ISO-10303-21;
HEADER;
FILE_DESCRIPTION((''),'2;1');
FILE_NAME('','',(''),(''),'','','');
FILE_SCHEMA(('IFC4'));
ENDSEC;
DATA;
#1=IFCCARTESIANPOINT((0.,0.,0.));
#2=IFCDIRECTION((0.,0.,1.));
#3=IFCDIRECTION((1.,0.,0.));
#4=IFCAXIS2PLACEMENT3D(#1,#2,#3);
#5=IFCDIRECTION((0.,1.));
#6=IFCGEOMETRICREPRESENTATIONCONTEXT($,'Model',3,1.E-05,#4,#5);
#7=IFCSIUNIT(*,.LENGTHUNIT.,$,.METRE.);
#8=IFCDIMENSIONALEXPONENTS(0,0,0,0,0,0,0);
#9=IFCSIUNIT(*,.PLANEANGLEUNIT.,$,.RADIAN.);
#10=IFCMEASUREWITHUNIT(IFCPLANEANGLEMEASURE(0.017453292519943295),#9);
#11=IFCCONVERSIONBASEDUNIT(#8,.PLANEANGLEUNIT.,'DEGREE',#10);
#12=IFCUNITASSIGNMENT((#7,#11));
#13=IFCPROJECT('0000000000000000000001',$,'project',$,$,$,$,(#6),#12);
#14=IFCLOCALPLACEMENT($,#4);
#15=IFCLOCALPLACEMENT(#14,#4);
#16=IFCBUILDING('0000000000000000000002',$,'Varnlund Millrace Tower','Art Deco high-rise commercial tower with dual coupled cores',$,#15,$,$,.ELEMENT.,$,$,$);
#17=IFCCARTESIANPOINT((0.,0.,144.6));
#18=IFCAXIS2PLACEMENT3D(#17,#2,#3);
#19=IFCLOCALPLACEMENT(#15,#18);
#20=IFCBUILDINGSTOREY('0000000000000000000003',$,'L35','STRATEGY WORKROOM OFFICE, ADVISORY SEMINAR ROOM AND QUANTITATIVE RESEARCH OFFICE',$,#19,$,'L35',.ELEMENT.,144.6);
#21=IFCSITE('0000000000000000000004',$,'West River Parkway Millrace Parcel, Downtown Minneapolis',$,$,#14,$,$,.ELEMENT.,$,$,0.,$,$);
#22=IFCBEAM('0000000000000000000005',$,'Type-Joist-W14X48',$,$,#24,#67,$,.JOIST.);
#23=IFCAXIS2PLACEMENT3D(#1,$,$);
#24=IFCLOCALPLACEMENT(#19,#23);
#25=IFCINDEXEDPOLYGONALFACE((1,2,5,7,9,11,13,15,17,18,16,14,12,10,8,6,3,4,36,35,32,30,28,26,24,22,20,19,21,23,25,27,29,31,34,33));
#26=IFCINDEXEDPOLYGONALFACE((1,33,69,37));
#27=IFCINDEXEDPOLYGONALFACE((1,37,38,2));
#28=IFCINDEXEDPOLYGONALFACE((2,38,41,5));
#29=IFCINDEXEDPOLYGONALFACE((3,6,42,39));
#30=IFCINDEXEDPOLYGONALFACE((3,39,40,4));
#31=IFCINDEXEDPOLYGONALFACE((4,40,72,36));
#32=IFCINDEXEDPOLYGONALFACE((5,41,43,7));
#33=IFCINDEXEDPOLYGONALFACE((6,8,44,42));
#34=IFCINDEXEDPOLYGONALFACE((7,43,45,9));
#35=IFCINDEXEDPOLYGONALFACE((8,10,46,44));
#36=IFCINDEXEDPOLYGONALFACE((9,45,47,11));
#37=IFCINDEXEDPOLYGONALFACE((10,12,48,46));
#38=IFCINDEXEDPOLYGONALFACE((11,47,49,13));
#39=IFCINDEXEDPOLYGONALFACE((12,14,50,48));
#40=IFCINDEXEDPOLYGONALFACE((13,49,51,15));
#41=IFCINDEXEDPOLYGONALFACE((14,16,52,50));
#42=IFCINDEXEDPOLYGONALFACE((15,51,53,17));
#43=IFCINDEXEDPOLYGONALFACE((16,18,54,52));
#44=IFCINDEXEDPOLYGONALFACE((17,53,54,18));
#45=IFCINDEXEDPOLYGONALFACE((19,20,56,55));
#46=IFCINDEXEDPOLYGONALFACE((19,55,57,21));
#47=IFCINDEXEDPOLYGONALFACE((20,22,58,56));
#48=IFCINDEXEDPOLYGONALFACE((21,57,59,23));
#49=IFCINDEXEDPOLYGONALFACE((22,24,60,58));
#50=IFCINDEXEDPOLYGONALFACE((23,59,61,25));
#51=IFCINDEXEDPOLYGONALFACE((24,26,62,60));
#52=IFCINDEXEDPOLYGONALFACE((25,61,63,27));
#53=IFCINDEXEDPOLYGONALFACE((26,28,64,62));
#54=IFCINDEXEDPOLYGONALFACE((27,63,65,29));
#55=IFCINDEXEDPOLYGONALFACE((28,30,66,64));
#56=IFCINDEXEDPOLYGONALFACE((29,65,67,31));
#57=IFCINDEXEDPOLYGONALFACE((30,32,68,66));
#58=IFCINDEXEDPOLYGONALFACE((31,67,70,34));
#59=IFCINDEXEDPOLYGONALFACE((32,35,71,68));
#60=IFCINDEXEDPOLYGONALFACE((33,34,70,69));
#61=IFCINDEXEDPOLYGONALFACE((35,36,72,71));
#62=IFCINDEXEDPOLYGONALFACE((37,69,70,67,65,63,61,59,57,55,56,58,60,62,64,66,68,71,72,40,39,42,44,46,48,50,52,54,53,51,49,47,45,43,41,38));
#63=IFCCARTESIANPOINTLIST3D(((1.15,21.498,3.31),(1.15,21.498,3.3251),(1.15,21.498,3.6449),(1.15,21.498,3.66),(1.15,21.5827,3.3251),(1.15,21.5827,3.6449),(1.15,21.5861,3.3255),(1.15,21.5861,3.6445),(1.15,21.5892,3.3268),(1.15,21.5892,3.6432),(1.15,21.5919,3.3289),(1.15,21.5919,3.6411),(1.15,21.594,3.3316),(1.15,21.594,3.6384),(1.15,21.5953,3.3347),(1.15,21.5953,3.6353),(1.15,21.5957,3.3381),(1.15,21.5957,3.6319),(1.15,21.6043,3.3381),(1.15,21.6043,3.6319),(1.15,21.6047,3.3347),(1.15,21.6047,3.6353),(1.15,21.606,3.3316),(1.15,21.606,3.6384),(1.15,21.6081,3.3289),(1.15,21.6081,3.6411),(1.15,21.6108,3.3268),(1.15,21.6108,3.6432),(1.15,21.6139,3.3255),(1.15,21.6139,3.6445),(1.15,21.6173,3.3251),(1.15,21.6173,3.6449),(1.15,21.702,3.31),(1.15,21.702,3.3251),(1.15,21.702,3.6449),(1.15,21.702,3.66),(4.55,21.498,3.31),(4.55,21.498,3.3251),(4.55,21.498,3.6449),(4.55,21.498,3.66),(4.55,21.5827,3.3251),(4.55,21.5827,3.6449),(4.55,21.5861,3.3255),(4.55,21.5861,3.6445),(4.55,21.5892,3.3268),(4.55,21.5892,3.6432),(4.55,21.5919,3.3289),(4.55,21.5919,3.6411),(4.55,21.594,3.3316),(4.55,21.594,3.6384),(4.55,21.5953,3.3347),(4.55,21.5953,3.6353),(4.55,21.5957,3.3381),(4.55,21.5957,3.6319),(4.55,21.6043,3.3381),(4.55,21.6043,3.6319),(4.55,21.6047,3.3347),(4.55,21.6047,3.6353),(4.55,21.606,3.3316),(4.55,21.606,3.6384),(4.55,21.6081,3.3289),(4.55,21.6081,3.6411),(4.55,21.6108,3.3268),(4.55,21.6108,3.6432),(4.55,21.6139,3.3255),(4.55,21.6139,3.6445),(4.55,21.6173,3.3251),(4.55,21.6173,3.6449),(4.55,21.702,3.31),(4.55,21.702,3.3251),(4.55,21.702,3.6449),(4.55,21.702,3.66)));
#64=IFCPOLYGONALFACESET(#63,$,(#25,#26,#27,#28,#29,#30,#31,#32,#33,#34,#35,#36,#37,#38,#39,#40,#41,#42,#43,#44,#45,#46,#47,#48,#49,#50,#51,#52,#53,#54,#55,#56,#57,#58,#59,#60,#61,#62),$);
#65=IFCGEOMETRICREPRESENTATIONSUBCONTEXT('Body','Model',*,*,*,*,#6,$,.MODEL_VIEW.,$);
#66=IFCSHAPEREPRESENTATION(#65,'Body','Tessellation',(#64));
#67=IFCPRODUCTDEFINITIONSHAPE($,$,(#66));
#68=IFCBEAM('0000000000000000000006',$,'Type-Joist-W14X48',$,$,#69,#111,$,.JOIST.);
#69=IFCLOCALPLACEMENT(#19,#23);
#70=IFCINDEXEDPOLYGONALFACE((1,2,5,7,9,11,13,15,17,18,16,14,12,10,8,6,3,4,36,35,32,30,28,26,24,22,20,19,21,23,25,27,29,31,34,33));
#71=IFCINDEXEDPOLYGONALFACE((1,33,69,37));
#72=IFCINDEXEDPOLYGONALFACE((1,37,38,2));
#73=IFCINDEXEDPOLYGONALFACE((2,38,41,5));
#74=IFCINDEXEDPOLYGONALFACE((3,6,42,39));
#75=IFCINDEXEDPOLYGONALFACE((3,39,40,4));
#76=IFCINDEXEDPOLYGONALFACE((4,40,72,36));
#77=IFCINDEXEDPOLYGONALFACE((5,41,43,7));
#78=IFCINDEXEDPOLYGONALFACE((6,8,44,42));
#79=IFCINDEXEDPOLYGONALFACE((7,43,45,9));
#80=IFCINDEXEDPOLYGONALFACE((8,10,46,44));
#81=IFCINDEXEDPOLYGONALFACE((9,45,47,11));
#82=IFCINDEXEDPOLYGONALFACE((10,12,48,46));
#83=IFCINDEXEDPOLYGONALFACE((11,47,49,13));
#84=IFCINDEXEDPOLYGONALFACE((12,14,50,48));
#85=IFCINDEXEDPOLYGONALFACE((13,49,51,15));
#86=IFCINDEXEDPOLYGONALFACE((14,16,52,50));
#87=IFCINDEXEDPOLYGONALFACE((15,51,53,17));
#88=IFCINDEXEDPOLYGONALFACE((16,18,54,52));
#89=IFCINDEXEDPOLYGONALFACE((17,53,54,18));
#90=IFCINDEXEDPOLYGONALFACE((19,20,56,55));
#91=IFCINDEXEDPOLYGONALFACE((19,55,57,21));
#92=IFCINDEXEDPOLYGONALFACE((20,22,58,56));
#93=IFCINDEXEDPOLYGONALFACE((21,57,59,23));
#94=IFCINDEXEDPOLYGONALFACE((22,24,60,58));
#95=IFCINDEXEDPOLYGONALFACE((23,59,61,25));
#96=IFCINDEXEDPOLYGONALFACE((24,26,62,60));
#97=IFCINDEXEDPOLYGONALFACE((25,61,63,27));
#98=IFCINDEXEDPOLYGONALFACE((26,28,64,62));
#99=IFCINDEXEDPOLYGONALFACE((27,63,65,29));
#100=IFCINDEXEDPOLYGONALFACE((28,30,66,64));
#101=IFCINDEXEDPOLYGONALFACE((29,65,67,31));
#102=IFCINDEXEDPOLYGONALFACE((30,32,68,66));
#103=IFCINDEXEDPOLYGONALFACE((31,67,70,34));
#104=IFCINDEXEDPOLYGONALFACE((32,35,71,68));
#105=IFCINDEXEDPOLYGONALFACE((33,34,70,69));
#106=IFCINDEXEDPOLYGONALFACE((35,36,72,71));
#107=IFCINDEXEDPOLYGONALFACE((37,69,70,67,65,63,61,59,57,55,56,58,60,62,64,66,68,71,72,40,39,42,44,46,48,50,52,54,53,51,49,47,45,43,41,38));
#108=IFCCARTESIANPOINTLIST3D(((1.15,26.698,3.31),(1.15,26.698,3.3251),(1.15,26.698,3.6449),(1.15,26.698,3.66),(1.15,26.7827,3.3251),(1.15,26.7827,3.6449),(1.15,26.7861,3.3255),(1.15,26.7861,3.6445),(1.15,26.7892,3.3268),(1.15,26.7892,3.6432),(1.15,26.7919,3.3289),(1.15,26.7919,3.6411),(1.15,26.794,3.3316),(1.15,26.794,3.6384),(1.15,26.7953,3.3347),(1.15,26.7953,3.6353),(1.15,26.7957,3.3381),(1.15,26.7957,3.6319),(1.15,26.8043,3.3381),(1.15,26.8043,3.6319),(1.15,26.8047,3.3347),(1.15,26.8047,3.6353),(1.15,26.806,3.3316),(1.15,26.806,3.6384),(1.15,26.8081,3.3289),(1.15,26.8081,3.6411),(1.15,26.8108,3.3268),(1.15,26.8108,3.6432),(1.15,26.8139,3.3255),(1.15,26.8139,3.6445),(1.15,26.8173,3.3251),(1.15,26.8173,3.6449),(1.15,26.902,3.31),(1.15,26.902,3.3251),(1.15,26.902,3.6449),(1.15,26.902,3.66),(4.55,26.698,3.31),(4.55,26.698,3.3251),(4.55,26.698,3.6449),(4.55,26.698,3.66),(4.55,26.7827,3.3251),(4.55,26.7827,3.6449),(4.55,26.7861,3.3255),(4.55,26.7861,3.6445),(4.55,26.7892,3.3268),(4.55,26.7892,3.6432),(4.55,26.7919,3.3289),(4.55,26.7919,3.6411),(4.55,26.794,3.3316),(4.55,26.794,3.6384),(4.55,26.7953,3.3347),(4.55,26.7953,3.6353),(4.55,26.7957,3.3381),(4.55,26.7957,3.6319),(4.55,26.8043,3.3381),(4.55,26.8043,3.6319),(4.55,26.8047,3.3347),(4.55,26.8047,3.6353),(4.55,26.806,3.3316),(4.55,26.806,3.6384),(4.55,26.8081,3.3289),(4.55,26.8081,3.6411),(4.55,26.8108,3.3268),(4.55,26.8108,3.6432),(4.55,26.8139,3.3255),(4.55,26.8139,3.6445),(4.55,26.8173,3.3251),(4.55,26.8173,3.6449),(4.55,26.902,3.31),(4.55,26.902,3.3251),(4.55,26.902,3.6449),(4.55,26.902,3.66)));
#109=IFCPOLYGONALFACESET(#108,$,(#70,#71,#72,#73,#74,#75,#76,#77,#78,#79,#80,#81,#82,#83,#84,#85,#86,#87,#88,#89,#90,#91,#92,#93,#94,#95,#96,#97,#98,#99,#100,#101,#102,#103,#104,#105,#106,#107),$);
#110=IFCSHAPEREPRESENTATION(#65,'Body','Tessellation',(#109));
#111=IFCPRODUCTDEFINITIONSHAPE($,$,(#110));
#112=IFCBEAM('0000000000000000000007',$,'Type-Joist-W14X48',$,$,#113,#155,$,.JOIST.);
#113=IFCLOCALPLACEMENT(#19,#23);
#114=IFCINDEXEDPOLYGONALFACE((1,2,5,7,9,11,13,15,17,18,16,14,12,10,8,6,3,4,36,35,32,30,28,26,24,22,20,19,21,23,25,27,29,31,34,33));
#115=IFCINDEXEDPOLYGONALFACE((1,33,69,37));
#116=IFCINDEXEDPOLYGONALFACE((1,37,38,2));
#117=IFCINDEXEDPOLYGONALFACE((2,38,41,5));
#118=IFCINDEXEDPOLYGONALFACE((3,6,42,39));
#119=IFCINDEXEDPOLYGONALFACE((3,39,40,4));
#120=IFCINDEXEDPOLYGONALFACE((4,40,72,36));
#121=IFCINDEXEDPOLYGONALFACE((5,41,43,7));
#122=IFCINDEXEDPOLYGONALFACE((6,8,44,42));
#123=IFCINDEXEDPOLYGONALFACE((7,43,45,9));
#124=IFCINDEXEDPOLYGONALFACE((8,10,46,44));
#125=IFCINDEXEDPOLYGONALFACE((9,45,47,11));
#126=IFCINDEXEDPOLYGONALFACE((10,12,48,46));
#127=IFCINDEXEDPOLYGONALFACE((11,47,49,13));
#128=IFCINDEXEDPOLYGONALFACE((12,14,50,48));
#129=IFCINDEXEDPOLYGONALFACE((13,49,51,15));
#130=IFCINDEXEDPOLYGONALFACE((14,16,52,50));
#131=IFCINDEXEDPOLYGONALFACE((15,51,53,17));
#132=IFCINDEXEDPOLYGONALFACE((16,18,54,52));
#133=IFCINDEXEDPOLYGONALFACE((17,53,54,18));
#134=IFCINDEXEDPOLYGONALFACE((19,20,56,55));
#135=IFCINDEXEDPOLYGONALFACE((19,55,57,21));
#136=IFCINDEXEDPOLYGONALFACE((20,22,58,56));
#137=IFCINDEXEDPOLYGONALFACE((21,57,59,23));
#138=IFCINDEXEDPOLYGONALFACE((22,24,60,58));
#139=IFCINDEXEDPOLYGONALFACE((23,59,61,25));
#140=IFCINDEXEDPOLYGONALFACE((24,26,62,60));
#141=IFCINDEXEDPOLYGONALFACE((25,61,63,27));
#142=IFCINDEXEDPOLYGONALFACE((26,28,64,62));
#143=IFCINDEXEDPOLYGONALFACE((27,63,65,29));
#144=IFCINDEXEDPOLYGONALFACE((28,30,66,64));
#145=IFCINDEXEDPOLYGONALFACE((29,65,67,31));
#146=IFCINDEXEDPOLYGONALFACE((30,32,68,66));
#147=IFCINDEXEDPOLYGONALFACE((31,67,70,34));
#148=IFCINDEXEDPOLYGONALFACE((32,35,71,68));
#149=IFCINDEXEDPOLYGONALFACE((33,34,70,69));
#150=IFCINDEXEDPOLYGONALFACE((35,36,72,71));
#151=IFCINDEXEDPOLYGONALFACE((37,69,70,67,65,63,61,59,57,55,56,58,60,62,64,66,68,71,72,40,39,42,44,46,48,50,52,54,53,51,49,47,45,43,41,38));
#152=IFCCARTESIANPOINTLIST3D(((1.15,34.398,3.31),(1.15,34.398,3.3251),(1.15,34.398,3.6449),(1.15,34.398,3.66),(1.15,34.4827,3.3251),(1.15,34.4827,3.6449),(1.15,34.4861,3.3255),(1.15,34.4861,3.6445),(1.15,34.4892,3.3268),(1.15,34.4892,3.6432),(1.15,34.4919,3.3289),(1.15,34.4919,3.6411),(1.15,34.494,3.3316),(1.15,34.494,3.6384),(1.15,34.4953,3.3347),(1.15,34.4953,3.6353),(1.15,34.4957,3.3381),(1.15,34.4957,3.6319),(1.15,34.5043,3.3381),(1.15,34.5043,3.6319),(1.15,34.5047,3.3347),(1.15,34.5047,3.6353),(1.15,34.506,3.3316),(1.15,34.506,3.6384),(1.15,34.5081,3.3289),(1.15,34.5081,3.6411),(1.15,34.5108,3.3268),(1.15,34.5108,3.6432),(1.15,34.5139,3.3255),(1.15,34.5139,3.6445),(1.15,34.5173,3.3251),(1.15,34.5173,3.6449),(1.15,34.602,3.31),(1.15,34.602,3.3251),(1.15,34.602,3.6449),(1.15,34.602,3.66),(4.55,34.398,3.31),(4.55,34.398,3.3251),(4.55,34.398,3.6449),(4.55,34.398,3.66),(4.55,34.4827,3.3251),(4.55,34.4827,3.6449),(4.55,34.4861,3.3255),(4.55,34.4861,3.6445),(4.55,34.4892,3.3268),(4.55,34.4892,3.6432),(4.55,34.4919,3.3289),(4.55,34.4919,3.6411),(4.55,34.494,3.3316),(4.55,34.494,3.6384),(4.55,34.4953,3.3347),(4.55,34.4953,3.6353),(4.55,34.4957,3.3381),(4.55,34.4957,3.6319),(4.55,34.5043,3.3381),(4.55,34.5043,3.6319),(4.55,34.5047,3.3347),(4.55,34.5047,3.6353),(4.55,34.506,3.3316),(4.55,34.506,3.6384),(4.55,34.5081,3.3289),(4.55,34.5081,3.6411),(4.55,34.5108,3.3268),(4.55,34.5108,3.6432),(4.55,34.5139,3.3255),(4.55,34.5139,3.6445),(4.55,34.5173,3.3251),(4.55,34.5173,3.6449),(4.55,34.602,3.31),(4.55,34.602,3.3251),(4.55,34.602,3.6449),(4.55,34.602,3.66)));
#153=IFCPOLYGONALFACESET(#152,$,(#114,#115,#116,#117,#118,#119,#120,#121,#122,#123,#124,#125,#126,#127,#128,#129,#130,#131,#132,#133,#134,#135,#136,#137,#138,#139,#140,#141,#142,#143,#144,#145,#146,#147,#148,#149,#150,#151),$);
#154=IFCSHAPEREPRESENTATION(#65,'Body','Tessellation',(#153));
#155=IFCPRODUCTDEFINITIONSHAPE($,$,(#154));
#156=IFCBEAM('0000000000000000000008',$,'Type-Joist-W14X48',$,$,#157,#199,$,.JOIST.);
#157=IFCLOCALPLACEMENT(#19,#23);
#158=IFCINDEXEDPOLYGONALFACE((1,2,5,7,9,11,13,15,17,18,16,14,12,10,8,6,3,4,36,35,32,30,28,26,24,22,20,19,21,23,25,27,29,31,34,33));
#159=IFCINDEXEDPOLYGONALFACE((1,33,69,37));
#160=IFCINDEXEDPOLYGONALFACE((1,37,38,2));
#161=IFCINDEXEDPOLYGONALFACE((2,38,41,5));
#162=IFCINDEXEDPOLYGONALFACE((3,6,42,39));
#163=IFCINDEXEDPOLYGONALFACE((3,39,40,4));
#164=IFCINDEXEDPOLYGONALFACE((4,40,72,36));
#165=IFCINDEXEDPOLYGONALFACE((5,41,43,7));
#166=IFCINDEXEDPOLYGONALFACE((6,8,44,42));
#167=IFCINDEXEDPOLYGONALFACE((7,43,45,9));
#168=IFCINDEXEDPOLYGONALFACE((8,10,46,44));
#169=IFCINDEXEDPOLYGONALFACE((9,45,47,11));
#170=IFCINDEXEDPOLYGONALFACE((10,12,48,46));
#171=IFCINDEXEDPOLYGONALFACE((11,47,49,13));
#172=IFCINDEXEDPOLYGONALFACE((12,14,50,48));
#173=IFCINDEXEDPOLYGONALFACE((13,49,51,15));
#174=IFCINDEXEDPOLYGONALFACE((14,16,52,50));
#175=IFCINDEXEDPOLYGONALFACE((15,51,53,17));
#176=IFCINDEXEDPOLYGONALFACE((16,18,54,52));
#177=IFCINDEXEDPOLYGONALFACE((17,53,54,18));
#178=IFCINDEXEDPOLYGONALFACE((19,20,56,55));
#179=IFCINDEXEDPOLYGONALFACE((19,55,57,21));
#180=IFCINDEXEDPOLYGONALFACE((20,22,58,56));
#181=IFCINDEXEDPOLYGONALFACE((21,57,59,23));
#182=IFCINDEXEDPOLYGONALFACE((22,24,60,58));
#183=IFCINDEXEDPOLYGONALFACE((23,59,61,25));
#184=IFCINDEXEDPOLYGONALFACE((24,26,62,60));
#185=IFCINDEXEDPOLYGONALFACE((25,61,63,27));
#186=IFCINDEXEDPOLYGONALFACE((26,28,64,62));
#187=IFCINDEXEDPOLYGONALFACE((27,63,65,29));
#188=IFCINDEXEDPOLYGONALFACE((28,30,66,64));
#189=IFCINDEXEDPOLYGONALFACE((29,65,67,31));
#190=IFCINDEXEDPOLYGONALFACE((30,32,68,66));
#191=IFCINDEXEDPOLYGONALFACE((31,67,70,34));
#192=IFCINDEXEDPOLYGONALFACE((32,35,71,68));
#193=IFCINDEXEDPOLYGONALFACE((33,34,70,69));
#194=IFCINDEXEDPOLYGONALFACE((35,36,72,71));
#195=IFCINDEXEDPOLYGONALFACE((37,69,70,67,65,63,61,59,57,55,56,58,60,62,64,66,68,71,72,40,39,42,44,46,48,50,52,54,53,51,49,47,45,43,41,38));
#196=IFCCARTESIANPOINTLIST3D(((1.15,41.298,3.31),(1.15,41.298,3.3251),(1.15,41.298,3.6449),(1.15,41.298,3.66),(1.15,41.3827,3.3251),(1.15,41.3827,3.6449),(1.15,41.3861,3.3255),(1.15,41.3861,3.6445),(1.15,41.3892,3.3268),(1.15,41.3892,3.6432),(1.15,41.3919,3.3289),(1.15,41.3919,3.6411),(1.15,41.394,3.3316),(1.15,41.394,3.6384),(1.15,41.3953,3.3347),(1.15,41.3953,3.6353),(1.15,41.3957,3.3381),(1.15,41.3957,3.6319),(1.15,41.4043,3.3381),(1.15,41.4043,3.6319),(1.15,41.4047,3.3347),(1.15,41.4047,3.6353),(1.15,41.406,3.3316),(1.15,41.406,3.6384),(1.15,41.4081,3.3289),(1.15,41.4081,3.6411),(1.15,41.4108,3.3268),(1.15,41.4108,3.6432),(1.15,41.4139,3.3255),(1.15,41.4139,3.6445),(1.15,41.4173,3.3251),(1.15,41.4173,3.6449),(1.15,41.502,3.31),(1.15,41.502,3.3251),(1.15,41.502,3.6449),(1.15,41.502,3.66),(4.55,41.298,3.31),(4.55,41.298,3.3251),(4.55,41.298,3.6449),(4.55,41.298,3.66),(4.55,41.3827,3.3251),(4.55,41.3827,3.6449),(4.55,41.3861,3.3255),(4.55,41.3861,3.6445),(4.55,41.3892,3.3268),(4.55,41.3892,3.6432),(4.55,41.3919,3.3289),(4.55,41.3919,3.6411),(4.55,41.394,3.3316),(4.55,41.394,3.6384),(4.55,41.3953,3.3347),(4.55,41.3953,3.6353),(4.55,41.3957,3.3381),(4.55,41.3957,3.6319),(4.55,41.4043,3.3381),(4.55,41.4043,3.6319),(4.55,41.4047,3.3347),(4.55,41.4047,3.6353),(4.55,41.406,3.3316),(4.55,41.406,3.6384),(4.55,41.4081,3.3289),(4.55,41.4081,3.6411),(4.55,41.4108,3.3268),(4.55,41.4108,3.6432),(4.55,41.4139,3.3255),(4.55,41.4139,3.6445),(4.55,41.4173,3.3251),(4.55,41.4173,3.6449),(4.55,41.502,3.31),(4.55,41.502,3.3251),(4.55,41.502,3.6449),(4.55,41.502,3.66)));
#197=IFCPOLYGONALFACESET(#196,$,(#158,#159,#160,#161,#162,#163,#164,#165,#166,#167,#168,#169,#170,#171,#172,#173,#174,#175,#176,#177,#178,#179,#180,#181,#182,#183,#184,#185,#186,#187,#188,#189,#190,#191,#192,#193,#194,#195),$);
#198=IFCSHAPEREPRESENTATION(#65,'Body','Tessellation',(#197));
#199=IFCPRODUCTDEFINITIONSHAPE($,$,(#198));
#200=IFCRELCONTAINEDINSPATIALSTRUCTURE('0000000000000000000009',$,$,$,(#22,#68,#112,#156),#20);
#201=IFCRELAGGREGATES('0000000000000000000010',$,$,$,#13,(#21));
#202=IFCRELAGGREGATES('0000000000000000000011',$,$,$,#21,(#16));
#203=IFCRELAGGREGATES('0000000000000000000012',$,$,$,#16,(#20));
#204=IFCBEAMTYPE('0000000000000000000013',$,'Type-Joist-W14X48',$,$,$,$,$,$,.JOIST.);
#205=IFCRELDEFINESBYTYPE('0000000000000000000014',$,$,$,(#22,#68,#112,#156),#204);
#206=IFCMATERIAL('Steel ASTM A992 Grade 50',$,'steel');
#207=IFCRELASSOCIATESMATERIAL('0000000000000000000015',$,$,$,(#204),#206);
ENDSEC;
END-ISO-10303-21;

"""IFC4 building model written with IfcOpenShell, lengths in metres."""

from ifc_helpers import new_model, entity, si_unit, converted_unit, direction, frame, origin_with_axes, origin_2d_with_axis, place, context, subcontext, project, spatial, i_section, extrude, material, material_profile, profile_set, type_object, element, save


model = new_model("IFC4")

# Units and contexts
model_context = context("Model", 3, precision=1e-05, world=origin_with_axes(), true_north=direction((0.0, 1.0)))
body_context = subcontext(model_context, "Body", "Model", "MODEL_VIEW")
ifc_project = project(units=[si_unit("LENGTHUNIT", "METRE"), converted_unit("PLANEANGLEUNIT", "DEGREE", entity("IfcPlaneAngleMeasure", 0.017453292519943295), si_unit("PLANEANGLEUNIT", "RADIAN"), dimensions=[0, 0, 0, 0, 0, 0, 0])], contexts=[model_context])

# Site, building, storey
site_placement = place(None, origin_with_axes())
site = spatial("IfcSite", under=ifc_project, at=site_placement, Name="West River Parkway Millrace Parcel, Downtown Minneapolis", CompositionType="ELEMENT", RefElevation=0.0)
building_placement = place(site_placement, origin_with_axes())
building = spatial("IfcBuilding", under=site, at=building_placement, Name="Varnlund Millrace Tower", Description="Art Deco high-rise commercial tower with dual coupled cores", CompositionType="ELEMENT")
storey_placement = place(building_placement, frame((0.0, 0.0, 144.6), z_axis=(0.0, 0.0, 1.0), x_axis=(1.0, 0.0, 0.0)))
storey = spatial("IfcBuildingStorey", under=building, at=storey_placement, Name="L35", Description="STRATEGY WORKROOM OFFICE, ADVISORY SEMINAR ROOM AND QUANTITATIVE RESEARCH OFFICE", LongName="L35", CompositionType="ELEMENT", Elevation=144.6)

# Beams
ifc_material_1 = material(Name="Steel ASTM A992 Grade 50", Category="steel")
ifc_material_profile_1 = material_profile(ifc_material_1, i_section(OverallWidth=0.204, OverallDepth=0.35, WebThickness=0.0086, FlangeThickness=0.0151, FilletRadius=0.013, at=origin_2d_with_axis()), Name="Steel ASTM A992 Grade 50")
ifc_profile_set_1 = profile_set([ifc_material_profile_1], Name="Steel ASTM A992 Grade 50")
beam_type_1 = type_object("IfcBeamType", Name="Type-Joist-W14X48", PredefinedType="JOIST", material=ifc_profile_set_1)
for number, where, z_axis, x_axis, name in (
    (1, (1.15, 21.6, 3.485), (1.0, 0.0, 0.0), (0.0, 1.0, 0.0), "Type-Joist-W14X48"),
    (2, (1.15, 26.8, 3.485), (1.0, 0.0, 0.0), (0.0, 1.0, 0.0), "Type-Joist-W14X48"),
    (3, (1.15, 34.5, 3.485), (1.0, 0.0, 0.0), (0.0, 1.0, 0.0), "Type-Joist-W14X48"),
    (4, (1.15, 41.4, 3.485), (1.0, 0.0, 0.0), (0.0, 1.0, 0.0), "Type-Joist-W14X48"),
):
    element("IfcBeam", number, at=place(storey_placement, frame(where, z_axis=z_axis, x_axis=x_axis)), inside=storey, type_object=beam_type_1, Name=name, PredefinedType="JOIST", context=body_context, shape_type="SweptSolid", body=[
        extrude(i_section(OverallWidth=0.204, OverallDepth=0.35, WebThickness=0.0086, FlangeThickness=0.0151, FilletRadius=0.013, at=origin_2d_with_axis()), origin_with_axes(), (0.0, 0.0, 1.0), 3.4),
    ])

save(model, "model.ifc")
